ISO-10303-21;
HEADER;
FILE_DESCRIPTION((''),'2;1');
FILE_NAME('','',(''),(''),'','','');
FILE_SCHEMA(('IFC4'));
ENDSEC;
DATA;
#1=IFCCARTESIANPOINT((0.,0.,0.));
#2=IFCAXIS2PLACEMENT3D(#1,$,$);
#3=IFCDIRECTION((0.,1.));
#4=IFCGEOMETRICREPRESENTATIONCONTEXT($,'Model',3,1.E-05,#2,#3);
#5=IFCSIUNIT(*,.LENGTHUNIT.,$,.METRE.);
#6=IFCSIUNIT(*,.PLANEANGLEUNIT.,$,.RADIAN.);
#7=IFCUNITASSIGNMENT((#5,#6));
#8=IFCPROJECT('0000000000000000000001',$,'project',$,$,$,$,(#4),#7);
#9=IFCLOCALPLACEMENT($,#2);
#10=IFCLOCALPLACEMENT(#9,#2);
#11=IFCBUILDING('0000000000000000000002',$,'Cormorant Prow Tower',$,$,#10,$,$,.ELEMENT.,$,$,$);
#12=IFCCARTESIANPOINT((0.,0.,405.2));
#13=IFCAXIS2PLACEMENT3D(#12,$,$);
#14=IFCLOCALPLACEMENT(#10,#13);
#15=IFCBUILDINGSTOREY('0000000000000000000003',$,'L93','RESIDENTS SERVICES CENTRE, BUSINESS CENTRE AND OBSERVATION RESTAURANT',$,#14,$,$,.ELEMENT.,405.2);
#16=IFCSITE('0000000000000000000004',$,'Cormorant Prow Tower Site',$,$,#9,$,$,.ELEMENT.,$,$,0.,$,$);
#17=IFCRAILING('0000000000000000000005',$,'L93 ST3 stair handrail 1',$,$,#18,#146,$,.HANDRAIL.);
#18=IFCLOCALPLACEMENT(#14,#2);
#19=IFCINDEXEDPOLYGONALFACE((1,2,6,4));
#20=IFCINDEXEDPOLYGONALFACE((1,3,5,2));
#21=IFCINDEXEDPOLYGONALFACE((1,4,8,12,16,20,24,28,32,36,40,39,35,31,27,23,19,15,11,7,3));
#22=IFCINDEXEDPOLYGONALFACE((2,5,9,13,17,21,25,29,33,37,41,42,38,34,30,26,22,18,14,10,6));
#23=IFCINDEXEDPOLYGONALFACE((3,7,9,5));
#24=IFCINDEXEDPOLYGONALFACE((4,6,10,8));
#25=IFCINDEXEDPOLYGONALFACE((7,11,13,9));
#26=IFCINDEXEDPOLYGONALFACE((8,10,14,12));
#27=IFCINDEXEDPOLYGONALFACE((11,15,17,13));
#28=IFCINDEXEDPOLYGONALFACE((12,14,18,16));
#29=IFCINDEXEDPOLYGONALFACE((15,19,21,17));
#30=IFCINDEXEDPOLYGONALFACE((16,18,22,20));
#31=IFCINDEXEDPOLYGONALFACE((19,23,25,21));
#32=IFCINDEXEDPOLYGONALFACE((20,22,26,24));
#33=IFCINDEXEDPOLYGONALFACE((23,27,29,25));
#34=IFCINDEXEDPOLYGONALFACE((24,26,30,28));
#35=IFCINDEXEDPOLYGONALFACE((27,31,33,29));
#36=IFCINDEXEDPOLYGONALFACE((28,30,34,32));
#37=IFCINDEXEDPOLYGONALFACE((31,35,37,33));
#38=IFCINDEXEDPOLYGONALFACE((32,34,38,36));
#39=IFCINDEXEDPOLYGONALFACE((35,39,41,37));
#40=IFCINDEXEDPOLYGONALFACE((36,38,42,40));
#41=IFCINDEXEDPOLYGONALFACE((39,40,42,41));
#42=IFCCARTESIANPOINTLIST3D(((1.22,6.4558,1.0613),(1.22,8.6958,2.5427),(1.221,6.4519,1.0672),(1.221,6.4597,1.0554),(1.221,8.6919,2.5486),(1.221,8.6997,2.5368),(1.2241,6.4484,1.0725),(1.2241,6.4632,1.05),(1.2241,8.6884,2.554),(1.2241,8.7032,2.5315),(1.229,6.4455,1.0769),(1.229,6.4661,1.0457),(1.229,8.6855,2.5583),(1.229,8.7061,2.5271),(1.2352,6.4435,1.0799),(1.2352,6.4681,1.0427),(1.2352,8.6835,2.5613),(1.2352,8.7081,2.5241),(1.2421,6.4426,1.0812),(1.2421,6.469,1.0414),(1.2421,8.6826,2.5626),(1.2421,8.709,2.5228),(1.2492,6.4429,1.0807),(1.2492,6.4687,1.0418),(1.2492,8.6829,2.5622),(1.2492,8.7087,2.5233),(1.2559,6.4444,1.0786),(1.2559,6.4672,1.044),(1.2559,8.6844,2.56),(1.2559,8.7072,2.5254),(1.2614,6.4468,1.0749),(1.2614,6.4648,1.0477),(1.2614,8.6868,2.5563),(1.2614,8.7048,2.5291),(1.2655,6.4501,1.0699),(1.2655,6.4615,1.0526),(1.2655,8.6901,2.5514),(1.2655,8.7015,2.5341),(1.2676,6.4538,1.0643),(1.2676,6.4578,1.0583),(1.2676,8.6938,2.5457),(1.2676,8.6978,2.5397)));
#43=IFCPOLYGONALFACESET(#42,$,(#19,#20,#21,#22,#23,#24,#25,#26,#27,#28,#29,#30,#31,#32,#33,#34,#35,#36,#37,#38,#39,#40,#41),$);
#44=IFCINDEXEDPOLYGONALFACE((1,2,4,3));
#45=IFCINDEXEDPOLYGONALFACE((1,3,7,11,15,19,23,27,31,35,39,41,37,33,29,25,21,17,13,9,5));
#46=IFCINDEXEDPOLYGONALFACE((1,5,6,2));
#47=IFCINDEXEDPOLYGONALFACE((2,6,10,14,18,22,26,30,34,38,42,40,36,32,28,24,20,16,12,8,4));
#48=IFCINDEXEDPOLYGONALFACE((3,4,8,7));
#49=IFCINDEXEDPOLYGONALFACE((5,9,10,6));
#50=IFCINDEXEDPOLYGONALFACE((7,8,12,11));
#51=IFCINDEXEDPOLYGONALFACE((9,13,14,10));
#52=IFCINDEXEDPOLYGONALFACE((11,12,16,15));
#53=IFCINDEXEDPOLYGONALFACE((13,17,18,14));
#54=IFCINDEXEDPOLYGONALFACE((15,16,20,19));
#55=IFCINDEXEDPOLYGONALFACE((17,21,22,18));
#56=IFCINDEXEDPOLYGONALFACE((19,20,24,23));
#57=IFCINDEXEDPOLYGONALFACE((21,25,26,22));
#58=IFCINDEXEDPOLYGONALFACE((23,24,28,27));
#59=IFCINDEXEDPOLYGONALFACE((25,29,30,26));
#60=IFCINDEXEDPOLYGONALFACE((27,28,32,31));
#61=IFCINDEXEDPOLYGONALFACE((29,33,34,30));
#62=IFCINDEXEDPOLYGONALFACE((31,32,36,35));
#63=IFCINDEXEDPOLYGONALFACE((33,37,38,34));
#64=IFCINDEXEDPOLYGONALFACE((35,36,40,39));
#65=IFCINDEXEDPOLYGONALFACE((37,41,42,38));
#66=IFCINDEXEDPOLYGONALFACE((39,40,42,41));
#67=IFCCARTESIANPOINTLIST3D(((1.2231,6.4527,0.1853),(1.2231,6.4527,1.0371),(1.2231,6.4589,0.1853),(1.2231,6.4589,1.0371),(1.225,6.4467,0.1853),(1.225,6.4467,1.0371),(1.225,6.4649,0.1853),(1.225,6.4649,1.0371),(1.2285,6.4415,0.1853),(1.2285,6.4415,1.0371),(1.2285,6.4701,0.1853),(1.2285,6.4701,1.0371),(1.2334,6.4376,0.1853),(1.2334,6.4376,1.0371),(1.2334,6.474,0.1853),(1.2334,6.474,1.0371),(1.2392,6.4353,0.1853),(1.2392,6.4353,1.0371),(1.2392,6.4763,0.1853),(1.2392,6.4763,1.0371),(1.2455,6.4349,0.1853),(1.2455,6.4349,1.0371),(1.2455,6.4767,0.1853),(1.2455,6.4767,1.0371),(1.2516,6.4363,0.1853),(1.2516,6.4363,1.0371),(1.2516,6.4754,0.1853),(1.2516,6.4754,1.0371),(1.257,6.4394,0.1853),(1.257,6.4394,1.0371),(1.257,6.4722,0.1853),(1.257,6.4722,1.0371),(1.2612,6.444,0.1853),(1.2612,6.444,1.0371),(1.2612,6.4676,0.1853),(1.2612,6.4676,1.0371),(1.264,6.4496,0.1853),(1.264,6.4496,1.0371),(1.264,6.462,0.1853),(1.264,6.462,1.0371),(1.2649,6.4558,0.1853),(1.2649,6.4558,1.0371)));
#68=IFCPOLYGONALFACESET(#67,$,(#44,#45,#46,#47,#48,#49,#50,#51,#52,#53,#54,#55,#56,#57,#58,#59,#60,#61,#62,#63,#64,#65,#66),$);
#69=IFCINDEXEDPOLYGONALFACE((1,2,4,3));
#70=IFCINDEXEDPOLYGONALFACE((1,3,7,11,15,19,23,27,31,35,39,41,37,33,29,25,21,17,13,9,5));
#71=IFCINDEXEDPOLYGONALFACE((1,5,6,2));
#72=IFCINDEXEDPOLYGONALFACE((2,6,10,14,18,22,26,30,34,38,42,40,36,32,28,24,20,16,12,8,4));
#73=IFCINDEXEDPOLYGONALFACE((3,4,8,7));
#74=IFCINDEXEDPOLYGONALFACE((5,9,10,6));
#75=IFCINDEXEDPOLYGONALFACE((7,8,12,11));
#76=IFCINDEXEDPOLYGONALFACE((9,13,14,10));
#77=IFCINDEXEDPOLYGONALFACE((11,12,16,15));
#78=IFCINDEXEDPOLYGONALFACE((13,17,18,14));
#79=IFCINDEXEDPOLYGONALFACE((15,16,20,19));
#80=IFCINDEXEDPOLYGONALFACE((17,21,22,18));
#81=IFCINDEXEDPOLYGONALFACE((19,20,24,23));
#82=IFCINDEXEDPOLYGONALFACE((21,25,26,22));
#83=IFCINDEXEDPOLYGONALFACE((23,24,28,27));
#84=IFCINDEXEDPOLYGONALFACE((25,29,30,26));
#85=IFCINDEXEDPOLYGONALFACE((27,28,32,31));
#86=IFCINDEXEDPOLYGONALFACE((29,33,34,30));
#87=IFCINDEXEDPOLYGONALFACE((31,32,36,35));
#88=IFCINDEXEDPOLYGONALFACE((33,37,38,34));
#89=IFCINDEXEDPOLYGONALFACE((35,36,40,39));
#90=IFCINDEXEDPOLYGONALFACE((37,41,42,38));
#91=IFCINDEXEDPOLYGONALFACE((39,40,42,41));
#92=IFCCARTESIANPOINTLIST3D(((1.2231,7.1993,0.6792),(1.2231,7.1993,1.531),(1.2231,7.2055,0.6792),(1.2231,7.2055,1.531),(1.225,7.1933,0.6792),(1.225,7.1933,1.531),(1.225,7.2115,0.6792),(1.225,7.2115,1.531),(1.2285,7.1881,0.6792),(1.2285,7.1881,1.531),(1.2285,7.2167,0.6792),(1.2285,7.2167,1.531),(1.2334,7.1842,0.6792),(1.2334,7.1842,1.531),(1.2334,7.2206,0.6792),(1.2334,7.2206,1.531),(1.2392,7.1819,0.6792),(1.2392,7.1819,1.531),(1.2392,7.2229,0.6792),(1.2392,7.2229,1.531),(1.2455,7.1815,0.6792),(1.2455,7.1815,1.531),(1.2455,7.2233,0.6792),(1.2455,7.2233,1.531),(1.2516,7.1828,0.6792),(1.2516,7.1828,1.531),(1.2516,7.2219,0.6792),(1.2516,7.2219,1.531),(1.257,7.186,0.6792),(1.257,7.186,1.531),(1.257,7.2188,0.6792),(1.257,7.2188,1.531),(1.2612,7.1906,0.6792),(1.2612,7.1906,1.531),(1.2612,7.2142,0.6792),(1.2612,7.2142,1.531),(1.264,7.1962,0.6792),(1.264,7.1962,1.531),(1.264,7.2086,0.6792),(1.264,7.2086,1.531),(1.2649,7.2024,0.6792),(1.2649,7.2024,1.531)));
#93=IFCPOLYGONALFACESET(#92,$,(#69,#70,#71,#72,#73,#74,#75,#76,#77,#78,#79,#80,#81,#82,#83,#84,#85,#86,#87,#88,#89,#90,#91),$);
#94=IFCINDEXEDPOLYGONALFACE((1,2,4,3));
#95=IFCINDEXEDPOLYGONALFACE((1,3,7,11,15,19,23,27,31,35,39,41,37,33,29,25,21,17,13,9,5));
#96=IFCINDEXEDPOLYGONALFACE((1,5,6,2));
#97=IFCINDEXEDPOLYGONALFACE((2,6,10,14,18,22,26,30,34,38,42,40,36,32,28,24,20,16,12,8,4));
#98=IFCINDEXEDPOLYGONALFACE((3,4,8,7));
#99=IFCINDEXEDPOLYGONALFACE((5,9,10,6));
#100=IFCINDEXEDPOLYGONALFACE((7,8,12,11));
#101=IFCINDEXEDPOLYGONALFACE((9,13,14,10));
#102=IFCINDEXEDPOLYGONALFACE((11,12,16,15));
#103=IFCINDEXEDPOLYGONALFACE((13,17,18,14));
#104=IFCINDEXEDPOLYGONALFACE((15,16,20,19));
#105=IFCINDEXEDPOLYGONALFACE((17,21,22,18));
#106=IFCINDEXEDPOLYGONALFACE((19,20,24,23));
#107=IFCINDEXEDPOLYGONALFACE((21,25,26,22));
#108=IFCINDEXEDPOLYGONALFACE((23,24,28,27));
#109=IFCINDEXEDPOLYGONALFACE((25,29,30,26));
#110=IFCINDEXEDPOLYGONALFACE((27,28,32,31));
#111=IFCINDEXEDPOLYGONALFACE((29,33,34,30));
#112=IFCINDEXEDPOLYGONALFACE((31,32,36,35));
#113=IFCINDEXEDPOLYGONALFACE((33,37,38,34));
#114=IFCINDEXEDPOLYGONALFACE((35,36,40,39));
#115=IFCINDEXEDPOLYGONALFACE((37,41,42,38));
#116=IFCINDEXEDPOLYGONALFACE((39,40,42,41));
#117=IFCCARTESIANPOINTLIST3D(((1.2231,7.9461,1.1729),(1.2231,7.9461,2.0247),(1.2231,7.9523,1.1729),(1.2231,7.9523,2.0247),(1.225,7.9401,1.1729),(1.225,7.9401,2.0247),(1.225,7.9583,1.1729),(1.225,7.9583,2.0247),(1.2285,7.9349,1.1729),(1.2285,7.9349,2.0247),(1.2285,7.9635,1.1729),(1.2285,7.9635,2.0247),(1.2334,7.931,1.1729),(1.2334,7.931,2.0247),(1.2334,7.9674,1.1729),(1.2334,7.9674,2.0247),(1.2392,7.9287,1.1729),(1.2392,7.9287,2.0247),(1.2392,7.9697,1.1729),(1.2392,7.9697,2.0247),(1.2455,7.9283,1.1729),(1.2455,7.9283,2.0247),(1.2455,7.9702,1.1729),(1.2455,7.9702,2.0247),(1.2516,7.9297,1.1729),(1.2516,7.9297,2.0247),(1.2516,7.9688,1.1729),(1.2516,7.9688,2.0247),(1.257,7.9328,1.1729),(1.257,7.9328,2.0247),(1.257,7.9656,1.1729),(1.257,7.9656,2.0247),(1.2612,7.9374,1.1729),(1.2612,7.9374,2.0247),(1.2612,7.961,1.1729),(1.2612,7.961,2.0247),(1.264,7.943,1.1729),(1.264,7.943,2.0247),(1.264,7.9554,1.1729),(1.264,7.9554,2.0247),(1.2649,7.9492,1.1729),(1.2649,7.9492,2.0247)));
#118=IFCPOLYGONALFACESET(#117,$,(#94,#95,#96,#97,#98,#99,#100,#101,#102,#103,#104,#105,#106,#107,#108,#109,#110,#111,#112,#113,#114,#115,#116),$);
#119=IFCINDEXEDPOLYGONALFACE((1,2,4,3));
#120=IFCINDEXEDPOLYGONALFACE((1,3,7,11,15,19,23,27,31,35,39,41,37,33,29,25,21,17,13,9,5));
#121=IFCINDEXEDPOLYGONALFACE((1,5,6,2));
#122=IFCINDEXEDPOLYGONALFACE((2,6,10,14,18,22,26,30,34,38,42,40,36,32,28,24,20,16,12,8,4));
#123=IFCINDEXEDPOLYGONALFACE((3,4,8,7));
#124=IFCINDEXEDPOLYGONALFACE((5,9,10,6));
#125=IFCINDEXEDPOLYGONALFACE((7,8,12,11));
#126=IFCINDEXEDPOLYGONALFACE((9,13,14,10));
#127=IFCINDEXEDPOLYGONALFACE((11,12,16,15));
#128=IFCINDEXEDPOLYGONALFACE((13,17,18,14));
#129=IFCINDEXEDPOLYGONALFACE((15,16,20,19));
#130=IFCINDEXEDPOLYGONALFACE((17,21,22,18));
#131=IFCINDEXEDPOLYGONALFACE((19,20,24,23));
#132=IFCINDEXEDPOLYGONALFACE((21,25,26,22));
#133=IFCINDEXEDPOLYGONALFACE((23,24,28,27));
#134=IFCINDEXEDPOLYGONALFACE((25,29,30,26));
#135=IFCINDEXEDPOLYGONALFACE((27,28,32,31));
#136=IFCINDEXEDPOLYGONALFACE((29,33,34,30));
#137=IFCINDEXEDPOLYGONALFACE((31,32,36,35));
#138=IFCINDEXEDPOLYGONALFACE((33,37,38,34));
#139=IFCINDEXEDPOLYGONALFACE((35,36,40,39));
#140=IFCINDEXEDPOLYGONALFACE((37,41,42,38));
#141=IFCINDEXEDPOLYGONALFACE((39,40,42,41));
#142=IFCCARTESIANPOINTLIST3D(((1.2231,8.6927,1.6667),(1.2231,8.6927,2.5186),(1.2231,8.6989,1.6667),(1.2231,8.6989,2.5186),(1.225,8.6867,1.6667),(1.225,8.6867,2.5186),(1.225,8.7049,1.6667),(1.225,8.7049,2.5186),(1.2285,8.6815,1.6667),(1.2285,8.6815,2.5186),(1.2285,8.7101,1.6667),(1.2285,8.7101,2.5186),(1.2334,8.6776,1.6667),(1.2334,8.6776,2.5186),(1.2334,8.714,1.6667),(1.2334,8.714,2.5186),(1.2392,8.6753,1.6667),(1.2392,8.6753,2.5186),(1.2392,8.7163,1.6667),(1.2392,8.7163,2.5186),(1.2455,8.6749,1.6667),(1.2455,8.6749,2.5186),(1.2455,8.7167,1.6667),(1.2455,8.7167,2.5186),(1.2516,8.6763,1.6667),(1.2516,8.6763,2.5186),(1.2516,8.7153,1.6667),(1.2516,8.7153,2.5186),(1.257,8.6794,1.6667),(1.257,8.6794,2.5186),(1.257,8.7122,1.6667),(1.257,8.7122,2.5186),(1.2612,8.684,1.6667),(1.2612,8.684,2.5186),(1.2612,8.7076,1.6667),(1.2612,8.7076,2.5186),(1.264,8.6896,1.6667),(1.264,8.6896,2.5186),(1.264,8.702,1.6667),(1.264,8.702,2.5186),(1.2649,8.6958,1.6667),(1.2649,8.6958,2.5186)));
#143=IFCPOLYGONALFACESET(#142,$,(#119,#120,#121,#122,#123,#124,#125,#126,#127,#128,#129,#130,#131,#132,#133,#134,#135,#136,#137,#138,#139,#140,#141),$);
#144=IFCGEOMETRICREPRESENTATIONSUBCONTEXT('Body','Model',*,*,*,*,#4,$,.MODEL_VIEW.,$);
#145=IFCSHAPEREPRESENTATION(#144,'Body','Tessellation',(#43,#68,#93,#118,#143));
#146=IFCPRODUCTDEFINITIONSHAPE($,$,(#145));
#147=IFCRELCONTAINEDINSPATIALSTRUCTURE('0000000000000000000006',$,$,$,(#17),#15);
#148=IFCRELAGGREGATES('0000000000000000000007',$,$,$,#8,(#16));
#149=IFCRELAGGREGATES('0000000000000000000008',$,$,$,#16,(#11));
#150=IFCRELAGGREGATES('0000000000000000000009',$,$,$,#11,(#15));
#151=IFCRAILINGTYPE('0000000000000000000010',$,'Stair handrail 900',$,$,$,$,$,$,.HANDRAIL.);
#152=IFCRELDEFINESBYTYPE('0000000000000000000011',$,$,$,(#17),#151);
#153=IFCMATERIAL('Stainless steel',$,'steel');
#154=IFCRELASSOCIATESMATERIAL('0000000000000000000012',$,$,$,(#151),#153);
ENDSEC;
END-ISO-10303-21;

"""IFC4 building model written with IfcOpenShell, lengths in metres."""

from ifc_helpers import new_model, si_unit, direction, frame, origin, origin_2d, place, context, subcontext, project, spatial, circle, extrude, material, type_object, element, save


model = new_model("IFC4")

# Units and contexts
model_context = context("Model", 3, precision=1e-05, world=origin(), true_north=direction((0.0, 1.0)))
body_context = subcontext(model_context, "Body", "Model", "MODEL_VIEW")
ifc_project = project(units=[si_unit("LENGTHUNIT", "METRE"), si_unit("PLANEANGLEUNIT", "RADIAN")], contexts=[model_context])

# Site, building, storey
site_placement = place(None, origin())
site = spatial("IfcSite", under=ifc_project, at=site_placement, Name="Cormorant Prow Tower Site", CompositionType="ELEMENT", RefElevation=0.0)
building_placement = place(site_placement, origin())
building = spatial("IfcBuilding", under=site, at=building_placement, Name="Cormorant Prow Tower", CompositionType="ELEMENT")
storey_placement = place(building_placement, frame((0.0, 0.0, 405.2)))
storey = spatial("IfcBuildingStorey", under=building, at=storey_placement, Name="L93", Description="RESIDENTS SERVICES CENTRE, BUSINESS CENTRE AND OBSERVATION RESTAURANT", CompositionType="ELEMENT", Elevation=405.2)

# Railing
ifc_material_1 = material(Name="Stainless steel", Category="steel")
railing_type = type_object("IfcRailingType", Name="Stair handrail 900", PredefinedType="HANDRAIL", material=ifc_material_1)
for number, where, name in (
    (1, (1.2439, 6.4558, 0.1853), "L93 ST3 stair handrail 1"),
):
    element("IfcRailing", number, at=place(storey_placement, frame(where)), inside=storey, type_object=railing_type, Name=name, PredefinedType="HANDRAIL", context=body_context, shape_type="SweptSolid", body=[
        extrude(circle(Radius=0.0239, at=origin_2d()), frame((0.0, 0.0, 0.876), z_axis=(0.0, 0.834087, 0.551634), x_axis=(-1.0, 0.0, 0.0)), (0.0, 0.0, 1.0), 2.6855),
        extrude(circle(Radius=0.021, at=origin_2d()), origin(), (0.0, 0.0, 1.0), 0.8518),
        extrude(circle(Radius=0.021, at=origin_2d()), frame((0.0, 0.7466, 0.4939)), (0.0, 0.0, 1.0), 0.8518),
        extrude(circle(Radius=0.021, at=origin_2d()), frame((0.0, 1.4934, 0.9875)), (0.0, 0.0, 1.0), 0.8518),
        extrude(circle(Radius=0.021, at=origin_2d()), frame((0.0, 2.24, 1.4814)), (0.0, 0.0, 1.0), 0.8518),
    ])

save(model, "model.ifc")
